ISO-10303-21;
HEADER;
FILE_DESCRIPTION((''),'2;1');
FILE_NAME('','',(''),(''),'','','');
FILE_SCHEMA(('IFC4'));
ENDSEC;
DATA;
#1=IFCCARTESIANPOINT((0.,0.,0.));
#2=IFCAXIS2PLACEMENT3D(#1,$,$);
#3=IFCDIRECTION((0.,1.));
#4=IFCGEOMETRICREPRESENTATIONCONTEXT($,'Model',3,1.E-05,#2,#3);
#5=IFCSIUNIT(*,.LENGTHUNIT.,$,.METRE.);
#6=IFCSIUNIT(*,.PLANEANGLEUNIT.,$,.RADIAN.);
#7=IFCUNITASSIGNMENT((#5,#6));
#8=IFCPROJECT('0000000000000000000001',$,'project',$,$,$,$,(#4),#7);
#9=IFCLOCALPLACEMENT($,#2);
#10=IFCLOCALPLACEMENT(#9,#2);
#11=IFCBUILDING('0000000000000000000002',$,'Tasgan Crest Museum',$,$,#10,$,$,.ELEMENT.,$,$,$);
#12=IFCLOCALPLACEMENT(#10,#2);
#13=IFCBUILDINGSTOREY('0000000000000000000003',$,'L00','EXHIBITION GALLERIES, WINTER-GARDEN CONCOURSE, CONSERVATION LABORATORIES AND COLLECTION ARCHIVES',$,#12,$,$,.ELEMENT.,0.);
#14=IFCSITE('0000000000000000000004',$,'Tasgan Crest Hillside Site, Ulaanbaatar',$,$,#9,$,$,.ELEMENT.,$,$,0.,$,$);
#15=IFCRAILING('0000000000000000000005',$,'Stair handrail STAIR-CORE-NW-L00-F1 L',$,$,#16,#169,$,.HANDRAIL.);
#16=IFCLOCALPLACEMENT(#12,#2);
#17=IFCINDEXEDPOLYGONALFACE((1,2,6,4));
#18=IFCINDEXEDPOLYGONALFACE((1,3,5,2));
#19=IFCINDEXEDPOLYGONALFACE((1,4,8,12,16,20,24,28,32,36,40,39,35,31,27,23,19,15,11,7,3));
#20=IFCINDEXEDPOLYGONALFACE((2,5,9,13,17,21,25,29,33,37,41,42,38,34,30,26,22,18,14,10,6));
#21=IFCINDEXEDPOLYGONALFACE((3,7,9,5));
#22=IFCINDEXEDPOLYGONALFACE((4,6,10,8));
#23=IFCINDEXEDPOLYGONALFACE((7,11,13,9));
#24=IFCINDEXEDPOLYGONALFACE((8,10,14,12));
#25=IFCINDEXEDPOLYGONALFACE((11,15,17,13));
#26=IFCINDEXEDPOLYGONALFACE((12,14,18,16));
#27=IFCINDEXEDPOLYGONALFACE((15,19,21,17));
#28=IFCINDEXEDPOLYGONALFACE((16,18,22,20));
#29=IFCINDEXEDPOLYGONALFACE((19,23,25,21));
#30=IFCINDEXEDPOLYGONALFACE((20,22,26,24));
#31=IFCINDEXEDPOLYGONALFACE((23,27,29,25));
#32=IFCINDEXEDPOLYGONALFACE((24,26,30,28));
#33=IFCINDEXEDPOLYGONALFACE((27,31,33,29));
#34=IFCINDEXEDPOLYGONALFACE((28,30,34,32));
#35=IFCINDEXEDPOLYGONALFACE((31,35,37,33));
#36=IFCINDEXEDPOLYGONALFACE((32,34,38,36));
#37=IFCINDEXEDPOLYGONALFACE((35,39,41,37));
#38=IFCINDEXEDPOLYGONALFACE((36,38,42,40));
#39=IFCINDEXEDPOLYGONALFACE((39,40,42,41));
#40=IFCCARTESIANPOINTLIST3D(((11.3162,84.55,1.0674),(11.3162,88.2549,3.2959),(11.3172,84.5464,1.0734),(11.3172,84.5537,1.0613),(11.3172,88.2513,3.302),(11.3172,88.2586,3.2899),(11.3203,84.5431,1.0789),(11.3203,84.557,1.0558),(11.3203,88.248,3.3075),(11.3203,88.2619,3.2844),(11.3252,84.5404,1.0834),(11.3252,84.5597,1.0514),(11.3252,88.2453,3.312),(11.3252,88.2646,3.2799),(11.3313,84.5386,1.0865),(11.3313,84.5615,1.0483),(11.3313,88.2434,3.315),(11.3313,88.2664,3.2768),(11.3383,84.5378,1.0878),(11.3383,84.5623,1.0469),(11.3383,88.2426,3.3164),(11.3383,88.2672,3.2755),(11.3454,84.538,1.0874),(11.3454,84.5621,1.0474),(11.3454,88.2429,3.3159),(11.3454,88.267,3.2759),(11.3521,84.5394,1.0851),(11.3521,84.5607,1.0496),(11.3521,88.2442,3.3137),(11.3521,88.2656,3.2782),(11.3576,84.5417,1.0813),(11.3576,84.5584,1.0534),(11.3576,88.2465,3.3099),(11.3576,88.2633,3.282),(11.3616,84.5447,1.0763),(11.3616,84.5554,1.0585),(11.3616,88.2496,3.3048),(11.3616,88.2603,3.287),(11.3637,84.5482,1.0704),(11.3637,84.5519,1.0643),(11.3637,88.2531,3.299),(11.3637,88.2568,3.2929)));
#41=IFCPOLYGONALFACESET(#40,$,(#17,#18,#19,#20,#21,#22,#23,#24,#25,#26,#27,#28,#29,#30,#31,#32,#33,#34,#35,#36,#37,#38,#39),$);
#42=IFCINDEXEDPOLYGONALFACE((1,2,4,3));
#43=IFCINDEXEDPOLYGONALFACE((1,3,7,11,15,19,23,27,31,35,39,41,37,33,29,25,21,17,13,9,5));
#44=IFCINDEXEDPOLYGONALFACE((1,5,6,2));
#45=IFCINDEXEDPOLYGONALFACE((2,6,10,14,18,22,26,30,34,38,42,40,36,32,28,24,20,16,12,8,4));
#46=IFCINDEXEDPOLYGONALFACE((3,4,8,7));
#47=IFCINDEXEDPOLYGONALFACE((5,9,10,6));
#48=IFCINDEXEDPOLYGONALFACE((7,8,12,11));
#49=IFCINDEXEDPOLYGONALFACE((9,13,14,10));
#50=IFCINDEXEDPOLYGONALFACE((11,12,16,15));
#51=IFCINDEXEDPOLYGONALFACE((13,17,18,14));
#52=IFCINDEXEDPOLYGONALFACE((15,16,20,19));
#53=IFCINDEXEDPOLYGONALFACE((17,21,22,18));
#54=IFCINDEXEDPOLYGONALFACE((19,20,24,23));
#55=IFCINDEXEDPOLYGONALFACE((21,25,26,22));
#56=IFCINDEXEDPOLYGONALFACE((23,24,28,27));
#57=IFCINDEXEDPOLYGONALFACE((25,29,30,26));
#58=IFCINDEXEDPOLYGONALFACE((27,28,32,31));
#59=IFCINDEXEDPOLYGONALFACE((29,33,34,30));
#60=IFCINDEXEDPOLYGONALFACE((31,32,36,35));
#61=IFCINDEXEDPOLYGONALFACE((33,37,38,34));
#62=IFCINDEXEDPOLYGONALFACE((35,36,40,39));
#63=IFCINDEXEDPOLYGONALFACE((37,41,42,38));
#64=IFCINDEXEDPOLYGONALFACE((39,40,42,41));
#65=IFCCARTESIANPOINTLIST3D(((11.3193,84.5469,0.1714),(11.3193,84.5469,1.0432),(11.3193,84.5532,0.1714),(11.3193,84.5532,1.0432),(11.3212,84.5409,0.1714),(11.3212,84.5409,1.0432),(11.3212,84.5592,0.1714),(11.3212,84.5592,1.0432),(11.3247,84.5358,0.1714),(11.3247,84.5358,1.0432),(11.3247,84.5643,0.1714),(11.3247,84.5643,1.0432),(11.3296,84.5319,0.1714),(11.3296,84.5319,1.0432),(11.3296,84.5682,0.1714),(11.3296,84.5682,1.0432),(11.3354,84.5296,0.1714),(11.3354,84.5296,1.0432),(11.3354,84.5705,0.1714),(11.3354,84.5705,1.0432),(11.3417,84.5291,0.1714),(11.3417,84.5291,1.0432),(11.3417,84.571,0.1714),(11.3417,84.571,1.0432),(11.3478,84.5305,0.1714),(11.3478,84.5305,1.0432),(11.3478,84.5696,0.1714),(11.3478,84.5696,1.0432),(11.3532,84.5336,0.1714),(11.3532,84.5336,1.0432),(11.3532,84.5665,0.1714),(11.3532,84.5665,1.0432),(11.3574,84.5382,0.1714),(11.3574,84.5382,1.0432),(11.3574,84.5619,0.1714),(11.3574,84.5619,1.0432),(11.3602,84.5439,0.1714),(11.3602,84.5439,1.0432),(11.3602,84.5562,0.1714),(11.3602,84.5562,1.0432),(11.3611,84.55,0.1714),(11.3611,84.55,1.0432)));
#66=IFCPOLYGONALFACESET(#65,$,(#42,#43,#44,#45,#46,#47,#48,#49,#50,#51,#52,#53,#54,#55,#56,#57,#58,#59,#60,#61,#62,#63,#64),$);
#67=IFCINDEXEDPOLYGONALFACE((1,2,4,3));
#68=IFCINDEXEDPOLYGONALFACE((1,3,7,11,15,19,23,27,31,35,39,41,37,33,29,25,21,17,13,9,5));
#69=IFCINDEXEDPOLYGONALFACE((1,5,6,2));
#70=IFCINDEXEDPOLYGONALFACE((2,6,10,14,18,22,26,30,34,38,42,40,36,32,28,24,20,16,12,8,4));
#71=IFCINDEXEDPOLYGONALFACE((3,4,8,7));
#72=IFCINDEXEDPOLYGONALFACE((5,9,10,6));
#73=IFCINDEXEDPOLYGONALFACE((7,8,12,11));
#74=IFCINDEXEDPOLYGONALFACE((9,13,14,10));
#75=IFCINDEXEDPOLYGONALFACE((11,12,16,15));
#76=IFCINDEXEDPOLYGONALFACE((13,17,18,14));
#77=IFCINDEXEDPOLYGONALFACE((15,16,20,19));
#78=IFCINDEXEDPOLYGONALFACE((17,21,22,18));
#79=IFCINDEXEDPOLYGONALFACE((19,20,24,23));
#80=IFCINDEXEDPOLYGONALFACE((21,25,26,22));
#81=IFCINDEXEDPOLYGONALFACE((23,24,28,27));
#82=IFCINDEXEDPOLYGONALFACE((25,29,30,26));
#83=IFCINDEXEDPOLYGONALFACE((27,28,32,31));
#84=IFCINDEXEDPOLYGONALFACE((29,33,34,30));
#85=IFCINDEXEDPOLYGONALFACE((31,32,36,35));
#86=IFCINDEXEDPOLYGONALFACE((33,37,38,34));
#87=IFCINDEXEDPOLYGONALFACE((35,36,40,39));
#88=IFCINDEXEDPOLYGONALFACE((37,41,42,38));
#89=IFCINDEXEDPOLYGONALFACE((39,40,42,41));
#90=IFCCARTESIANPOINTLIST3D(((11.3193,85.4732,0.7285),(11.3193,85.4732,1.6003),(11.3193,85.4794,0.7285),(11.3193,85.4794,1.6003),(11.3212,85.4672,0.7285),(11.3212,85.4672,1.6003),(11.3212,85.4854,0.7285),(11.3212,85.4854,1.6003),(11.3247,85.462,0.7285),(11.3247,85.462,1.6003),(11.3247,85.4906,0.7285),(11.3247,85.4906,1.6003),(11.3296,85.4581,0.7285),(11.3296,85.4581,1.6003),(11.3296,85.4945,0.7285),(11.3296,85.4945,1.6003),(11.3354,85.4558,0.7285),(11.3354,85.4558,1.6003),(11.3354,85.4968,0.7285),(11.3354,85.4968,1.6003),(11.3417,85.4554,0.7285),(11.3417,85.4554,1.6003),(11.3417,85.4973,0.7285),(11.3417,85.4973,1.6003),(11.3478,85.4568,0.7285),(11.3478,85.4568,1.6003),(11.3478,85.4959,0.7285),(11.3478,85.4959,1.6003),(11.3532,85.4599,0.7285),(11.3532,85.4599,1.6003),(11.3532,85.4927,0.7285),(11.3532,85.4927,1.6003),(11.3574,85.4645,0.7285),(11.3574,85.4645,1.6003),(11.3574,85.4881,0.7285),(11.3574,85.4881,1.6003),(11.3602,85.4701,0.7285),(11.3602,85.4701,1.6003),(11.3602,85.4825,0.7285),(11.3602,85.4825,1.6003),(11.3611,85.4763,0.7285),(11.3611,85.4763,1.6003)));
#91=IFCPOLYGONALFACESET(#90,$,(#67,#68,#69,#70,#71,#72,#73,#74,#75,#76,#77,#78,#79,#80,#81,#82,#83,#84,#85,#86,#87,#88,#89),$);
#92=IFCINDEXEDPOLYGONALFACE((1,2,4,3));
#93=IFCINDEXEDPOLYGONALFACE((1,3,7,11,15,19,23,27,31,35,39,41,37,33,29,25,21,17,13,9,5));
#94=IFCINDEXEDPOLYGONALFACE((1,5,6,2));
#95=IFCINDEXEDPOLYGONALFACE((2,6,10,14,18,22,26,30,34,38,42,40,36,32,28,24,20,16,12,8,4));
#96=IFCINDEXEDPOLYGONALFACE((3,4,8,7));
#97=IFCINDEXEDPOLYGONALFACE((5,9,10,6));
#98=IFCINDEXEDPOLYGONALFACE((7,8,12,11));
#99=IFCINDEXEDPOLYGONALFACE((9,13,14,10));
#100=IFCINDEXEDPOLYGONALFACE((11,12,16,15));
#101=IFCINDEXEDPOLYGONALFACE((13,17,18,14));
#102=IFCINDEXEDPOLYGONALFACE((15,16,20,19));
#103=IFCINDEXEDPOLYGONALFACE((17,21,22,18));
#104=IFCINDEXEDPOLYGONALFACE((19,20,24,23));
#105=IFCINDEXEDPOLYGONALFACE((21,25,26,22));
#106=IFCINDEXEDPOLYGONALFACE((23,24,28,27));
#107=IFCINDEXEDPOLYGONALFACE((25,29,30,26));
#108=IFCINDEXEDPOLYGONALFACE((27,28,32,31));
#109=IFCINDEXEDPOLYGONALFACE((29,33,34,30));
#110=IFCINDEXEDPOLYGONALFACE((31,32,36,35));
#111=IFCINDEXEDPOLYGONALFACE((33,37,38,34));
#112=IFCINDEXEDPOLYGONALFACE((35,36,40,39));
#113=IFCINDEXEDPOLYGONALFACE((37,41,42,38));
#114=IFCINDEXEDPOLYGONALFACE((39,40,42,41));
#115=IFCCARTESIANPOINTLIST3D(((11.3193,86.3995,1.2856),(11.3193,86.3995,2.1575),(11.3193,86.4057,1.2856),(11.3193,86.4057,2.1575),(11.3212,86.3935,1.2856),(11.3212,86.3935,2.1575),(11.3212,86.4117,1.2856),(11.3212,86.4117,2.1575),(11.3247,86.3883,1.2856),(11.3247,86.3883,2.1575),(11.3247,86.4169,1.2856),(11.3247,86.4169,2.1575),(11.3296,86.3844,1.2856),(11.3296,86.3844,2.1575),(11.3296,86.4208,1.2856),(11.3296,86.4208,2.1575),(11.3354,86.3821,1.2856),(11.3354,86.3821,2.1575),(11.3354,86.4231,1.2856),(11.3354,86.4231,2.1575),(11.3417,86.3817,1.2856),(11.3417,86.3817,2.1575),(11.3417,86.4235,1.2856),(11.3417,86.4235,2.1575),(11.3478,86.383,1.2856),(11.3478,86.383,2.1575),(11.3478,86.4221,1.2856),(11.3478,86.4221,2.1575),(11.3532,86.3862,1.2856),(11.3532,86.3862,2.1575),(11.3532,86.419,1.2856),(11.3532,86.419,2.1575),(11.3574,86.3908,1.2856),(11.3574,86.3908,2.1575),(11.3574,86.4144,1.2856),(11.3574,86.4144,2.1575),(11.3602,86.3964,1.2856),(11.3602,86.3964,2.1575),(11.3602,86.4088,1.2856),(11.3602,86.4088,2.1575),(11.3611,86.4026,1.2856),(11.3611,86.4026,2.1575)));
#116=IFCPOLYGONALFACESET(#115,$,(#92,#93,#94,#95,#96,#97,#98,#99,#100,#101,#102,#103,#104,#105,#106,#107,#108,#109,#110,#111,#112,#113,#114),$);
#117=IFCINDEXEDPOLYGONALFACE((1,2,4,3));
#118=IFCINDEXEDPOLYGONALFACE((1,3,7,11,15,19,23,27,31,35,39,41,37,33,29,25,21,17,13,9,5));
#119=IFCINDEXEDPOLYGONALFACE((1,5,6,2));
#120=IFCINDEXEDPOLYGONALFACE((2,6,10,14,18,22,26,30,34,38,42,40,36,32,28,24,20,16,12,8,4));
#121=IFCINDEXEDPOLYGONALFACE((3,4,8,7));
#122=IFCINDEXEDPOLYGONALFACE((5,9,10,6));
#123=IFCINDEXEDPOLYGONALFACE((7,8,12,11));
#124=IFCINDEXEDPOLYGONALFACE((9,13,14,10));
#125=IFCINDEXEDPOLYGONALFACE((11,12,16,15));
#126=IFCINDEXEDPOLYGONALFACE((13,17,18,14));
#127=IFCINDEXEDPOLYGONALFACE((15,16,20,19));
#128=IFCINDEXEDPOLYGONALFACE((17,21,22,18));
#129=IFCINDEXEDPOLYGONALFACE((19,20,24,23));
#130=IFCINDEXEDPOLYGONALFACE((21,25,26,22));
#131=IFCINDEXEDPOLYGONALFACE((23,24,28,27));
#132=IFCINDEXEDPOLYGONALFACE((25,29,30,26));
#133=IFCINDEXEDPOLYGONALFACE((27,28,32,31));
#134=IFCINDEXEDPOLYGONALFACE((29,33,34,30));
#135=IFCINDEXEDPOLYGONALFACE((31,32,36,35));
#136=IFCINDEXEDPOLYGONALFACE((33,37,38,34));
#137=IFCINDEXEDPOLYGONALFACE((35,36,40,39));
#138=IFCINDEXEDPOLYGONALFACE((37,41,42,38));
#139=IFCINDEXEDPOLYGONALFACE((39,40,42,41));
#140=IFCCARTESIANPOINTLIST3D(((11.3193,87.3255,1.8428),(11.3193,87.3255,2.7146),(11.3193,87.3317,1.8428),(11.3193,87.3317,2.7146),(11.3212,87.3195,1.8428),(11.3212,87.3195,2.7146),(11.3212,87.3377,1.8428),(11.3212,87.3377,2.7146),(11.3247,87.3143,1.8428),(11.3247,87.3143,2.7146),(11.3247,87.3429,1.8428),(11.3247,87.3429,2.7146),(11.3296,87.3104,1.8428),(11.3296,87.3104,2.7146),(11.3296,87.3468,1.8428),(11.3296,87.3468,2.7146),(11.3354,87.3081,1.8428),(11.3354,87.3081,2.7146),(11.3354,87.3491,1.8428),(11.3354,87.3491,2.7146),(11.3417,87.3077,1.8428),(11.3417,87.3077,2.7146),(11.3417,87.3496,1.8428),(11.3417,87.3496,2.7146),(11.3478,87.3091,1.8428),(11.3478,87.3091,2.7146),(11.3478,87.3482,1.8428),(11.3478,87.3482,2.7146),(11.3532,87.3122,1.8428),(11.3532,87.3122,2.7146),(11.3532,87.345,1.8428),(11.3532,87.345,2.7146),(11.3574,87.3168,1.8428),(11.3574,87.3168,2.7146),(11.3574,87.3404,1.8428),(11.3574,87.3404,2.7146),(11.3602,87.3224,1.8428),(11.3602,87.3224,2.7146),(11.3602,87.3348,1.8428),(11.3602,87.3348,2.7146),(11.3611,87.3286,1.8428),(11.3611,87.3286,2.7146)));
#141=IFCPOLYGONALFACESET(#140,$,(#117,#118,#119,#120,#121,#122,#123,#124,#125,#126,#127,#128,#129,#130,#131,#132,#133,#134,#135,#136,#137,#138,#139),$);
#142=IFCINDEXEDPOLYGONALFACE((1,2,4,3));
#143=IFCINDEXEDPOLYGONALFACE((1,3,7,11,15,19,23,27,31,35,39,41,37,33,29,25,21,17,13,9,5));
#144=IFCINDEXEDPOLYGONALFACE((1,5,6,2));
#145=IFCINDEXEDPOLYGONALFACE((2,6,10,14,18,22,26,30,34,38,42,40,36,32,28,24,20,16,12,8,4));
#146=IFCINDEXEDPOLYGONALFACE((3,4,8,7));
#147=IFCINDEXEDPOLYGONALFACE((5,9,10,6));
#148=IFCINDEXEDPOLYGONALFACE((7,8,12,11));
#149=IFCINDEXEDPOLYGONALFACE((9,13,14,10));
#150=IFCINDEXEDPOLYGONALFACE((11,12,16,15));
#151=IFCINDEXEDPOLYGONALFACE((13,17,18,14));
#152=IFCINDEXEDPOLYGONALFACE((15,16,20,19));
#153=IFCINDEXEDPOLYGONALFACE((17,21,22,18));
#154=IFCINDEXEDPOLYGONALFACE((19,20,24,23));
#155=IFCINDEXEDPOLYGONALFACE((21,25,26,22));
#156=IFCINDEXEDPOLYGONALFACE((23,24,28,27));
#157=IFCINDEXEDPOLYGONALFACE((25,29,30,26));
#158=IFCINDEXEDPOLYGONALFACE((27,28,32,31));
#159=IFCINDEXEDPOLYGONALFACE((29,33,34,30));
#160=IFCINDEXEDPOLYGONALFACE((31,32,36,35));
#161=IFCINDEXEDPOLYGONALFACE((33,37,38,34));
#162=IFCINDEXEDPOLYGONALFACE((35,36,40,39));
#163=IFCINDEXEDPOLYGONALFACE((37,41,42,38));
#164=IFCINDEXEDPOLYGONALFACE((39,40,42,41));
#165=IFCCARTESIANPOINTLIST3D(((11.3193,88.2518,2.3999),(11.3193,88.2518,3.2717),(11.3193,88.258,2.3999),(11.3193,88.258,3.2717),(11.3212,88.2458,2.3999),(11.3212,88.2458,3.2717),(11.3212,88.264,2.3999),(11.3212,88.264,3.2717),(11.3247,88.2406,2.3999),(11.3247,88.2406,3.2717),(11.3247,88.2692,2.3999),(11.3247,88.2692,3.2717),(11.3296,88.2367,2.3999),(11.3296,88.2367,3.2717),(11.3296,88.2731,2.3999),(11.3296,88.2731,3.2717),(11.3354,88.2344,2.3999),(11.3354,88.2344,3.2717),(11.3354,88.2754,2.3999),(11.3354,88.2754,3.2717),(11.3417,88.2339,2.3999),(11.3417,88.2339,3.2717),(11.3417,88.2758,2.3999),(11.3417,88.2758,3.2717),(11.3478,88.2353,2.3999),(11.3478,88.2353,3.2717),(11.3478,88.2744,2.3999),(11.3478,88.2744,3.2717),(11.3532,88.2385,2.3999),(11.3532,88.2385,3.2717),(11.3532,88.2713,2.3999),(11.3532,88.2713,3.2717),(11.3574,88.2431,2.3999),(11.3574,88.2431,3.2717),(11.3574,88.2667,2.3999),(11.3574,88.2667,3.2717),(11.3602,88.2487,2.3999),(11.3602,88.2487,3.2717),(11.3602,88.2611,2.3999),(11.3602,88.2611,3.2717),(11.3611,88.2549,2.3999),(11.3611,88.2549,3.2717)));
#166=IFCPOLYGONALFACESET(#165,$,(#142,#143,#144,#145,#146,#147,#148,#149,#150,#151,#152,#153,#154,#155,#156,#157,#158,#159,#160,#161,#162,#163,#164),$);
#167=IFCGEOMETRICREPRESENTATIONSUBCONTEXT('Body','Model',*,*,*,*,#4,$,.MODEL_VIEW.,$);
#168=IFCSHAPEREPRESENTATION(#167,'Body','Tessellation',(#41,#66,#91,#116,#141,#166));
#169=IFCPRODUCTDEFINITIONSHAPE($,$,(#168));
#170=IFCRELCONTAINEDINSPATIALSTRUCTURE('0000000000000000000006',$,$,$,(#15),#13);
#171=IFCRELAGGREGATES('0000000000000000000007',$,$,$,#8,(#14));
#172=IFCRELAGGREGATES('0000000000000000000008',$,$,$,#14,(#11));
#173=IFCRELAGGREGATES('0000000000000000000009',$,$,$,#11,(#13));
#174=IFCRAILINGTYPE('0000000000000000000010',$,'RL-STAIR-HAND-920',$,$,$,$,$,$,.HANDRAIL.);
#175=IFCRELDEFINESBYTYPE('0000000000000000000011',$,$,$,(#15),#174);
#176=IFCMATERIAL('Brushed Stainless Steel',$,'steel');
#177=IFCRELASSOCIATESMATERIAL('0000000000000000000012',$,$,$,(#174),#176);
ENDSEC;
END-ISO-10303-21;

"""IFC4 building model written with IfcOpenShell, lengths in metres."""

from ifc_helpers import new_model, si_unit, direction, frame, origin, origin_2d, place, context, subcontext, project, spatial, circle, extrude, material, type_object, element, save


model = new_model("IFC4")

# Units and contexts
model_context = context("Model", 3, precision=1e-05, world=origin(), true_north=direction((0.0, 1.0)))
body_context = subcontext(model_context, "Body", "Model", "MODEL_VIEW")
ifc_project = project(units=[si_unit("LENGTHUNIT", "METRE"), si_unit("PLANEANGLEUNIT", "RADIAN")], contexts=[model_context])

# Site, building, storey
site_placement = place(None, origin())
site = spatial("IfcSite", under=ifc_project, at=site_placement, Name="Tasgan Crest Hillside Site, Ulaanbaatar", CompositionType="ELEMENT", RefElevation=0.0)
building_placement = place(site_placement, origin())
building = spatial("IfcBuilding", under=site, at=building_placement, Name="Tasgan Crest Museum", CompositionType="ELEMENT")
storey_placement = place(building_placement, origin())
storey = spatial("IfcBuildingStorey", under=building, at=storey_placement, Name="L00", Description="EXHIBITION GALLERIES, WINTER-GARDEN CONCOURSE, CONSERVATION LABORATORIES AND COLLECTION ARCHIVES", CompositionType="ELEMENT", Elevation=0.0)

# Railing
ifc_material_1 = material(Name="Brushed Stainless Steel", Category="steel")
railing_type_1 = type_object("IfcRailingType", Name="RL-STAIR-HAND-920", PredefinedType="HANDRAIL", material=ifc_material_1)
for number, where, name in (
    (1, (11.3401, 84.55, 0.1714), "Stair handrail STAIR-CORE-NW-L00-F1 L"),
):
    element("IfcRailing", number, at=place(storey_placement, frame(where)), inside=storey, type_object=railing_type_1, Name=name, PredefinedType="HANDRAIL", context=body_context, shape_type="SweptSolid", body=[
        extrude(circle(Radius=0.0239, at=origin_2d()), frame((0.0, 0.0, 0.896), z_axis=(0.0, 0.856919, 0.51545), x_axis=(-1.0, 0.0, 0.0)), (0.0, 0.0, 1.0), 4.3235),
        extrude(circle(Radius=0.021, at=origin_2d()), origin(), (0.0, 0.0, 1.0), 0.8718),
        extrude(circle(Radius=0.021, at=origin_2d()), frame((0.0, 0.9263, 0.5571)), (0.0, 0.0, 1.0), 0.8718),
        extrude(circle(Radius=0.021, at=origin_2d()), frame((0.0, 1.8525, 1.1143)), (0.0, 0.0, 1.0), 0.8718),
        extrude(circle(Radius=0.021, at=origin_2d()), frame((0.0, 2.7786, 1.6714)), (0.0, 0.0, 1.0), 0.8718),
        extrude(circle(Radius=0.021, at=origin_2d()), frame((0.0, 3.7048, 2.2285)), (0.0, 0.0, 1.0), 0.8718),
    ])

save(model, "model.ifc")
